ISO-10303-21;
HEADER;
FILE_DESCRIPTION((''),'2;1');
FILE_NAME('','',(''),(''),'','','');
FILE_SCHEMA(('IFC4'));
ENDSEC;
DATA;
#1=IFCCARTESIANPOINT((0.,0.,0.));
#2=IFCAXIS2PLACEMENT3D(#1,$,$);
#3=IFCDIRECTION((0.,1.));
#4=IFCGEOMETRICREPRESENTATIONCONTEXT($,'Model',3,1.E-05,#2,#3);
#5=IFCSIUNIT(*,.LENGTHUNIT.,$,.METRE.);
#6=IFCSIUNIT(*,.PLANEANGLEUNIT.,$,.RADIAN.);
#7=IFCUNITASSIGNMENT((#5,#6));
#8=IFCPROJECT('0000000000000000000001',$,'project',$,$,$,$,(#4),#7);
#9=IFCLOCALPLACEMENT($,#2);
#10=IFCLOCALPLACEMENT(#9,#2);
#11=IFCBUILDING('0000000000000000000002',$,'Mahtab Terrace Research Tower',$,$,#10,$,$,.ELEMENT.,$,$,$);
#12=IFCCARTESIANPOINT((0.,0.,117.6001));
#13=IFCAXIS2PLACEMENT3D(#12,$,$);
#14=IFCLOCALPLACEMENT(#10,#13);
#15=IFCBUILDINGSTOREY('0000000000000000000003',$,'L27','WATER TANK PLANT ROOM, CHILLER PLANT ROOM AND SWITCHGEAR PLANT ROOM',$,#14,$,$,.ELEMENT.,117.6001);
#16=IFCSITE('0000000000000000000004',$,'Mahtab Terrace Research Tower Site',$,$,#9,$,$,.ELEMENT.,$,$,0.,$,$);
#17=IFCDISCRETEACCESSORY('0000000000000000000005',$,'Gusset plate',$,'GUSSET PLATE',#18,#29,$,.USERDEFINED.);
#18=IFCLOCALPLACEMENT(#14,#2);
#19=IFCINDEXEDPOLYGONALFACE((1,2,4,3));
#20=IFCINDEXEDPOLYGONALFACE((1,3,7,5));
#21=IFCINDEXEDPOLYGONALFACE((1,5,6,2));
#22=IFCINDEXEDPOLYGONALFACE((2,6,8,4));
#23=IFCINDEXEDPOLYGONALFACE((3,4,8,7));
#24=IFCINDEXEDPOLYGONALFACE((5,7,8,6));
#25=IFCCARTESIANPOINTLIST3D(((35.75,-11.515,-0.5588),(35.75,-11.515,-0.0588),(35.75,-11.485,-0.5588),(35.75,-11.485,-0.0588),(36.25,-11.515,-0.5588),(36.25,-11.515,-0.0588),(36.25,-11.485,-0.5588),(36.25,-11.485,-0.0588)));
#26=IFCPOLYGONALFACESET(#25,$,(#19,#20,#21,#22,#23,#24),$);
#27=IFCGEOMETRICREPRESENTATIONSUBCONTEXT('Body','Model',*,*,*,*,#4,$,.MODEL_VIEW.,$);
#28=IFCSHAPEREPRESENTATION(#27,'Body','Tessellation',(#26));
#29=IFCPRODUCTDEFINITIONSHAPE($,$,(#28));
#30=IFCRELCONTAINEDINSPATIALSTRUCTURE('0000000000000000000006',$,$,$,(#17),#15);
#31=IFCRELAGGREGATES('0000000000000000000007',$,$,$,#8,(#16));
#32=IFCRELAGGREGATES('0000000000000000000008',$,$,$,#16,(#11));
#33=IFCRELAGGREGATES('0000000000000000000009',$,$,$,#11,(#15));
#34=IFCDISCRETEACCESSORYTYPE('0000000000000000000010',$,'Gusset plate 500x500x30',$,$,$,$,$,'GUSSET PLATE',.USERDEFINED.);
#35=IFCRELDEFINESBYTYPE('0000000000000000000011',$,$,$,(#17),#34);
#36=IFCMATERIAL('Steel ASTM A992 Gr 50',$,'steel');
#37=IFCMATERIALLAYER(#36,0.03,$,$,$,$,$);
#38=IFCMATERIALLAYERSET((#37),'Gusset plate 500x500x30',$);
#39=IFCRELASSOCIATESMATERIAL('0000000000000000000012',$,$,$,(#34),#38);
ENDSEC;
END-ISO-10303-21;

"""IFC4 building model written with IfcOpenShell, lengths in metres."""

from ifc_helpers import new_model, si_unit, direction, frame, origin, origin_2d, place, context, subcontext, project, spatial, rectangle, extrude, material, layer, layer_set, type_object, element, save


model = new_model("IFC4")

# Units and contexts
model_context = context("Model", 3, precision=1e-05, world=origin(), true_north=direction((0.0, 1.0)))
body_context = subcontext(model_context, "Body", "Model", "MODEL_VIEW")
ifc_project = project(units=[si_unit("LENGTHUNIT", "METRE"), si_unit("PLANEANGLEUNIT", "RADIAN")], contexts=[model_context])

# Site, building, storey
site_placement = place(None, origin())
site = spatial("IfcSite", under=ifc_project, at=site_placement, Name="Mahtab Terrace Research Tower Site", CompositionType="ELEMENT", RefElevation=0.0)
building_placement = place(site_placement, origin())
building = spatial("IfcBuilding", under=site, at=building_placement, Name="Mahtab Terrace Research Tower", CompositionType="ELEMENT")
storey_placement = place(building_placement, frame((0.0, 0.0, 117.6001)))
storey = spatial("IfcBuildingStorey", under=building, at=storey_placement, Name="L27", Description="WATER TANK PLANT ROOM, CHILLER PLANT ROOM AND SWITCHGEAR PLANT ROOM", CompositionType="ELEMENT", Elevation=117.6001)

# Shared definitions
ifc_material_1 = material(Name="Steel ASTM A992 Gr 50", Category="steel")

# Discrete accessory
ifc_layer_1 = layer(ifc_material_1, 0.03)
ifc_layer_set_1 = layer_set([ifc_layer_1], Name="Gusset plate 500x500x30")
discrete_accessory_type_1 = type_object("IfcDiscreteAccessoryType", Name="Gusset plate 500x500x30", ElementType="GUSSET PLATE", PredefinedType="USERDEFINED", material=ifc_layer_set_1)
for number, where, z_axis, x_axis, name in (
    (1, (36.0, -11.5, -0.5588), (0.0, 0.0, 1.0), (1.0, 0.0, 0.0), "Gusset plate"),
):
    element("IfcDiscreteAccessory", number, at=place(storey_placement, frame(where, z_axis=z_axis, x_axis=x_axis)), inside=storey, type_object=discrete_accessory_type_1, Name=name, ObjectType="GUSSET PLATE", PredefinedType="USERDEFINED", context=body_context, shape_type="SweptSolid", body=[
        extrude(rectangle(XDim=0.5, YDim=0.03, at=origin_2d()), origin(), (0.0, 0.0, 1.0), 0.5),
    ])

save(model, "model.ifc")
